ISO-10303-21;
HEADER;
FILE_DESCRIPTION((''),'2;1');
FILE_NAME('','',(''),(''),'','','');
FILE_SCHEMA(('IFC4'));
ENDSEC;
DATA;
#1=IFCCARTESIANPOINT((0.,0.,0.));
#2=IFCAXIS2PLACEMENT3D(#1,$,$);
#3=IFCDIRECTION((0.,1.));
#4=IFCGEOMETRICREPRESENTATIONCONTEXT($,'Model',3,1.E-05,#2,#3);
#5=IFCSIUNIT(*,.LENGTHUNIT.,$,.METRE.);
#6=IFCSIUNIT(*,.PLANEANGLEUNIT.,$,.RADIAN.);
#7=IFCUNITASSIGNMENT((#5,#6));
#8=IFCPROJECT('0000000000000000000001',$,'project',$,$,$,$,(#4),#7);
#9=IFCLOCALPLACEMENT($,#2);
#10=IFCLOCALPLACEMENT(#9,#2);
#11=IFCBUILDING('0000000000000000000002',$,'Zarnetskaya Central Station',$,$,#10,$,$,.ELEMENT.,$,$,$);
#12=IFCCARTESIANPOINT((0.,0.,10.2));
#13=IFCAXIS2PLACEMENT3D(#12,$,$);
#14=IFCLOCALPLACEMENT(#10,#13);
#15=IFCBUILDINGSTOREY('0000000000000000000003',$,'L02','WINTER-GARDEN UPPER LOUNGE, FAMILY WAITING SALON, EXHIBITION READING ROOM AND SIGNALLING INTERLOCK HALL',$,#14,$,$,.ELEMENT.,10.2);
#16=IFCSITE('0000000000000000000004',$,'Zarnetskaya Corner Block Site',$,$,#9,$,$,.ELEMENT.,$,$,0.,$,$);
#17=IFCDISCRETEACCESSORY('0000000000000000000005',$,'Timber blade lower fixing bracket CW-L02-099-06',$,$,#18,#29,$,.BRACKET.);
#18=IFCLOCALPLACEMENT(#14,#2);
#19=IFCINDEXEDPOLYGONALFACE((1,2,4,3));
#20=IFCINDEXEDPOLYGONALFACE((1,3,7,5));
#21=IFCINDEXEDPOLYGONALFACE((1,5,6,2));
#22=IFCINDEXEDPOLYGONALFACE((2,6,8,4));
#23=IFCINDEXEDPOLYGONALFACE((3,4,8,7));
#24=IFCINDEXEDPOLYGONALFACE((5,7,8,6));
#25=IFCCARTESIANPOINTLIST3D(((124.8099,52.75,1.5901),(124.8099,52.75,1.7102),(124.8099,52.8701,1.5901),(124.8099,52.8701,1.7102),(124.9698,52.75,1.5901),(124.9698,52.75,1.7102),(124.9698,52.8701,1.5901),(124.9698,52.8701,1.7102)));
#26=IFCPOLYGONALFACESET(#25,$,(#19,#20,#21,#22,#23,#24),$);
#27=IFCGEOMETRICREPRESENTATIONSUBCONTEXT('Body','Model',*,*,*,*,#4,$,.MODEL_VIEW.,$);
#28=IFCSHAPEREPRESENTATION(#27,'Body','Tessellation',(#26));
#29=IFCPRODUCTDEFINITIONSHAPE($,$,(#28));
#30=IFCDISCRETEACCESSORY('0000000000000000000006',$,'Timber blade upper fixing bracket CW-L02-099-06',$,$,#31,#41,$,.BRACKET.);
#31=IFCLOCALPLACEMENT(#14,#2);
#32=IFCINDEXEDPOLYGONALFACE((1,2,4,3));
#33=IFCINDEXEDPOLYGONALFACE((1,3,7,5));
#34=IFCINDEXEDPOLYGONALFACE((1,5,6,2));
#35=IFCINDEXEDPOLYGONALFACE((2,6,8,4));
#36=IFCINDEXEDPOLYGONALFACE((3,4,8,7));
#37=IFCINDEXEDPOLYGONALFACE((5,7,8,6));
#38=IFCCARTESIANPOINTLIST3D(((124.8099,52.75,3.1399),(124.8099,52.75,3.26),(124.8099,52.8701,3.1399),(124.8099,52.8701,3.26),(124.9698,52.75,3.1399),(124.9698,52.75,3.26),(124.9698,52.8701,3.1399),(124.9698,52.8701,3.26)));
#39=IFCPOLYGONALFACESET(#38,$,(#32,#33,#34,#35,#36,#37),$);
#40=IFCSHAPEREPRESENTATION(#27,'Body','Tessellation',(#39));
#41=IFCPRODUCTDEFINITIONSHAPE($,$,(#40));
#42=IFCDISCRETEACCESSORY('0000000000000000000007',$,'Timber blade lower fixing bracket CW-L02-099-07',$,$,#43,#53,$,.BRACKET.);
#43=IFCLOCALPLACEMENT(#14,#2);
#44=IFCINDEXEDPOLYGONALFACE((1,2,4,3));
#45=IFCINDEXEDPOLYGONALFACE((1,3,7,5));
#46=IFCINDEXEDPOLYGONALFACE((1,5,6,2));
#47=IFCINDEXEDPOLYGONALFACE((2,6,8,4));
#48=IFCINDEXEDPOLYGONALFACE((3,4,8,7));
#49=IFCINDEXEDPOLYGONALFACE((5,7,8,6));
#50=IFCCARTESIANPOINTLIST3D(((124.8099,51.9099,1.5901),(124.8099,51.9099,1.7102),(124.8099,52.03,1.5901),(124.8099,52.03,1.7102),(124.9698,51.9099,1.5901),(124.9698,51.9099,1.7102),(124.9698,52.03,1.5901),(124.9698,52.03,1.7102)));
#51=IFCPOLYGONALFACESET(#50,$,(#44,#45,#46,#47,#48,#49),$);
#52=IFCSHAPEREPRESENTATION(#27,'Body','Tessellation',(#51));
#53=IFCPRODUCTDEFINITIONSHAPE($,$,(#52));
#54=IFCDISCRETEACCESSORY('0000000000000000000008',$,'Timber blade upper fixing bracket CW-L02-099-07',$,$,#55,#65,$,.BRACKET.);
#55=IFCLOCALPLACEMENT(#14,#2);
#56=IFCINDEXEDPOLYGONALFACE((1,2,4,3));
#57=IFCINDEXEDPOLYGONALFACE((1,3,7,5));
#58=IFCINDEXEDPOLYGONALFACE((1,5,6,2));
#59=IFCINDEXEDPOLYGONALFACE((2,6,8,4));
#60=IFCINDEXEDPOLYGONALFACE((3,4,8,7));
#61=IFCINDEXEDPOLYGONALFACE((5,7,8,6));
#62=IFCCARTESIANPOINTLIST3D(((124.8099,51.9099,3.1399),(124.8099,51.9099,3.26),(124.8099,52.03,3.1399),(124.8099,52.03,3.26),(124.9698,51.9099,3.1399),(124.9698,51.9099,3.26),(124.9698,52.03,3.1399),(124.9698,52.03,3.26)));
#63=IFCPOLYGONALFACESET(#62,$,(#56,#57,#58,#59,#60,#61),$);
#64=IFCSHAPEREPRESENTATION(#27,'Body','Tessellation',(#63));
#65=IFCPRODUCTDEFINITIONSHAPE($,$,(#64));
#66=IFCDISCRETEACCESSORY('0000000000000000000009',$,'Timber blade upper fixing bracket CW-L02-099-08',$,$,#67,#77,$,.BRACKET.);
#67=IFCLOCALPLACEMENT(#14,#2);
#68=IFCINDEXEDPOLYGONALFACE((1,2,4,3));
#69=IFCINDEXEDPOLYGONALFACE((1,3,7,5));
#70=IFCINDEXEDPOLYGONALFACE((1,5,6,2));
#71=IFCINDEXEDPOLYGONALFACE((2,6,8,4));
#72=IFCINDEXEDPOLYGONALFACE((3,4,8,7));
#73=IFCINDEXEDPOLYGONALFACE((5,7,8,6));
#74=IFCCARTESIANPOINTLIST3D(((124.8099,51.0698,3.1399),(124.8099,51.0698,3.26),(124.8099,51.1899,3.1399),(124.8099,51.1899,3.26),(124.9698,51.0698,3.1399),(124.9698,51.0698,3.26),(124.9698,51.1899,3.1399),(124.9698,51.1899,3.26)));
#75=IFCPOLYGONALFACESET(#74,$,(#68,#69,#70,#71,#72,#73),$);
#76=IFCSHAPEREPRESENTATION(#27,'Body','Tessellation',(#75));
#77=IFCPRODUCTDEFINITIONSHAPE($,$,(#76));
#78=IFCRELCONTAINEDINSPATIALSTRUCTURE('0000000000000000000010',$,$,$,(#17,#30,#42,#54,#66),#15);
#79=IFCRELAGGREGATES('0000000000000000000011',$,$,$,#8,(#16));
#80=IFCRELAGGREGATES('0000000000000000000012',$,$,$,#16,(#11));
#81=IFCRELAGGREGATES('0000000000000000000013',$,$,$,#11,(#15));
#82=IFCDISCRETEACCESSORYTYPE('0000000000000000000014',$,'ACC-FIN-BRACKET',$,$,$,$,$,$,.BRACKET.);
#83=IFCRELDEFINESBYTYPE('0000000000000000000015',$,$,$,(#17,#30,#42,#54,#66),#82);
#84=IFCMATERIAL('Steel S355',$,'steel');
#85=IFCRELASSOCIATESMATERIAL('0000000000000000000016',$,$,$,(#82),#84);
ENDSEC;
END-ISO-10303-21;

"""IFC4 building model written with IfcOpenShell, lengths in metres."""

from ifc_helpers import new_model, si_unit, direction, frame, origin, origin_2d, place, context, subcontext, project, spatial, rectangle, extrude, material, type_object, element, save


model = new_model("IFC4")

# Units and contexts
model_context = context("Model", 3, precision=1e-05, world=origin(), true_north=direction((0.0, 1.0)))
body_context = subcontext(model_context, "Body", "Model", "MODEL_VIEW")
ifc_project = project(units=[si_unit("LENGTHUNIT", "METRE"), si_unit("PLANEANGLEUNIT", "RADIAN")], contexts=[model_context])

# Site, building, storey
site_placement = place(None, origin())
site = spatial("IfcSite", under=ifc_project, at=site_placement, Name="Zarnetskaya Corner Block Site", CompositionType="ELEMENT", RefElevation=0.0)
building_placement = place(site_placement, origin())
building = spatial("IfcBuilding", under=site, at=building_placement, Name="Zarnetskaya Central Station", CompositionType="ELEMENT")
storey_placement = place(building_placement, frame((0.0, 0.0, 10.2)))
storey = spatial("IfcBuildingStorey", under=building, at=storey_placement, Name="L02", Description="WINTER-GARDEN UPPER LOUNGE, FAMILY WAITING SALON, EXHIBITION READING ROOM AND SIGNALLING INTERLOCK HALL", CompositionType="ELEMENT", Elevation=10.2)

# Discrete accessories
ifc_material = material(Name="Steel S355", Category="steel")
discrete_accessory_type = type_object("IfcDiscreteAccessoryType", Name="ACC-FIN-BRACKET", PredefinedType="BRACKET", material=ifc_material)
for number, where, z_axis, x_axis, name in (
    (1, (124.8899, 52.8101, 1.5901), (0.0, 0.0, 1.0), (0.0, -1.0, 0.0), "Timber blade lower fixing bracket CW-L02-099-06"),
    (2, (124.8899, 52.8101, 3.1399), (0.0, 0.0, 1.0), (0.0, -1.0, 0.0), "Timber blade upper fixing bracket CW-L02-099-06"),
    (3, (124.8899, 51.97, 1.5901), (0.0, 0.0, 1.0), (0.0, -1.0, 0.0), "Timber blade lower fixing bracket CW-L02-099-07"),
    (4, (124.8899, 51.97, 3.1399), (0.0, 0.0, 1.0), (0.0, -1.0, 0.0), "Timber blade upper fixing bracket CW-L02-099-07"),
    (5, (124.8899, 51.1299, 3.1399), (0.0, 0.0, 1.0), (0.0, -1.0, 0.0), "Timber blade upper fixing bracket CW-L02-099-08"),
):
    element("IfcDiscreteAccessory", number, at=place(storey_placement, frame(where, z_axis=z_axis, x_axis=x_axis)), inside=storey, type_object=discrete_accessory_type, Name=name, PredefinedType="BRACKET", context=body_context, shape_type="SweptSolid", body=[
        extrude(rectangle(XDim=0.1201, YDim=0.1599, at=origin_2d()), origin(), (0.0, 0.0, 1.0), 0.1201),
    ])

save(model, "model.ifc")
